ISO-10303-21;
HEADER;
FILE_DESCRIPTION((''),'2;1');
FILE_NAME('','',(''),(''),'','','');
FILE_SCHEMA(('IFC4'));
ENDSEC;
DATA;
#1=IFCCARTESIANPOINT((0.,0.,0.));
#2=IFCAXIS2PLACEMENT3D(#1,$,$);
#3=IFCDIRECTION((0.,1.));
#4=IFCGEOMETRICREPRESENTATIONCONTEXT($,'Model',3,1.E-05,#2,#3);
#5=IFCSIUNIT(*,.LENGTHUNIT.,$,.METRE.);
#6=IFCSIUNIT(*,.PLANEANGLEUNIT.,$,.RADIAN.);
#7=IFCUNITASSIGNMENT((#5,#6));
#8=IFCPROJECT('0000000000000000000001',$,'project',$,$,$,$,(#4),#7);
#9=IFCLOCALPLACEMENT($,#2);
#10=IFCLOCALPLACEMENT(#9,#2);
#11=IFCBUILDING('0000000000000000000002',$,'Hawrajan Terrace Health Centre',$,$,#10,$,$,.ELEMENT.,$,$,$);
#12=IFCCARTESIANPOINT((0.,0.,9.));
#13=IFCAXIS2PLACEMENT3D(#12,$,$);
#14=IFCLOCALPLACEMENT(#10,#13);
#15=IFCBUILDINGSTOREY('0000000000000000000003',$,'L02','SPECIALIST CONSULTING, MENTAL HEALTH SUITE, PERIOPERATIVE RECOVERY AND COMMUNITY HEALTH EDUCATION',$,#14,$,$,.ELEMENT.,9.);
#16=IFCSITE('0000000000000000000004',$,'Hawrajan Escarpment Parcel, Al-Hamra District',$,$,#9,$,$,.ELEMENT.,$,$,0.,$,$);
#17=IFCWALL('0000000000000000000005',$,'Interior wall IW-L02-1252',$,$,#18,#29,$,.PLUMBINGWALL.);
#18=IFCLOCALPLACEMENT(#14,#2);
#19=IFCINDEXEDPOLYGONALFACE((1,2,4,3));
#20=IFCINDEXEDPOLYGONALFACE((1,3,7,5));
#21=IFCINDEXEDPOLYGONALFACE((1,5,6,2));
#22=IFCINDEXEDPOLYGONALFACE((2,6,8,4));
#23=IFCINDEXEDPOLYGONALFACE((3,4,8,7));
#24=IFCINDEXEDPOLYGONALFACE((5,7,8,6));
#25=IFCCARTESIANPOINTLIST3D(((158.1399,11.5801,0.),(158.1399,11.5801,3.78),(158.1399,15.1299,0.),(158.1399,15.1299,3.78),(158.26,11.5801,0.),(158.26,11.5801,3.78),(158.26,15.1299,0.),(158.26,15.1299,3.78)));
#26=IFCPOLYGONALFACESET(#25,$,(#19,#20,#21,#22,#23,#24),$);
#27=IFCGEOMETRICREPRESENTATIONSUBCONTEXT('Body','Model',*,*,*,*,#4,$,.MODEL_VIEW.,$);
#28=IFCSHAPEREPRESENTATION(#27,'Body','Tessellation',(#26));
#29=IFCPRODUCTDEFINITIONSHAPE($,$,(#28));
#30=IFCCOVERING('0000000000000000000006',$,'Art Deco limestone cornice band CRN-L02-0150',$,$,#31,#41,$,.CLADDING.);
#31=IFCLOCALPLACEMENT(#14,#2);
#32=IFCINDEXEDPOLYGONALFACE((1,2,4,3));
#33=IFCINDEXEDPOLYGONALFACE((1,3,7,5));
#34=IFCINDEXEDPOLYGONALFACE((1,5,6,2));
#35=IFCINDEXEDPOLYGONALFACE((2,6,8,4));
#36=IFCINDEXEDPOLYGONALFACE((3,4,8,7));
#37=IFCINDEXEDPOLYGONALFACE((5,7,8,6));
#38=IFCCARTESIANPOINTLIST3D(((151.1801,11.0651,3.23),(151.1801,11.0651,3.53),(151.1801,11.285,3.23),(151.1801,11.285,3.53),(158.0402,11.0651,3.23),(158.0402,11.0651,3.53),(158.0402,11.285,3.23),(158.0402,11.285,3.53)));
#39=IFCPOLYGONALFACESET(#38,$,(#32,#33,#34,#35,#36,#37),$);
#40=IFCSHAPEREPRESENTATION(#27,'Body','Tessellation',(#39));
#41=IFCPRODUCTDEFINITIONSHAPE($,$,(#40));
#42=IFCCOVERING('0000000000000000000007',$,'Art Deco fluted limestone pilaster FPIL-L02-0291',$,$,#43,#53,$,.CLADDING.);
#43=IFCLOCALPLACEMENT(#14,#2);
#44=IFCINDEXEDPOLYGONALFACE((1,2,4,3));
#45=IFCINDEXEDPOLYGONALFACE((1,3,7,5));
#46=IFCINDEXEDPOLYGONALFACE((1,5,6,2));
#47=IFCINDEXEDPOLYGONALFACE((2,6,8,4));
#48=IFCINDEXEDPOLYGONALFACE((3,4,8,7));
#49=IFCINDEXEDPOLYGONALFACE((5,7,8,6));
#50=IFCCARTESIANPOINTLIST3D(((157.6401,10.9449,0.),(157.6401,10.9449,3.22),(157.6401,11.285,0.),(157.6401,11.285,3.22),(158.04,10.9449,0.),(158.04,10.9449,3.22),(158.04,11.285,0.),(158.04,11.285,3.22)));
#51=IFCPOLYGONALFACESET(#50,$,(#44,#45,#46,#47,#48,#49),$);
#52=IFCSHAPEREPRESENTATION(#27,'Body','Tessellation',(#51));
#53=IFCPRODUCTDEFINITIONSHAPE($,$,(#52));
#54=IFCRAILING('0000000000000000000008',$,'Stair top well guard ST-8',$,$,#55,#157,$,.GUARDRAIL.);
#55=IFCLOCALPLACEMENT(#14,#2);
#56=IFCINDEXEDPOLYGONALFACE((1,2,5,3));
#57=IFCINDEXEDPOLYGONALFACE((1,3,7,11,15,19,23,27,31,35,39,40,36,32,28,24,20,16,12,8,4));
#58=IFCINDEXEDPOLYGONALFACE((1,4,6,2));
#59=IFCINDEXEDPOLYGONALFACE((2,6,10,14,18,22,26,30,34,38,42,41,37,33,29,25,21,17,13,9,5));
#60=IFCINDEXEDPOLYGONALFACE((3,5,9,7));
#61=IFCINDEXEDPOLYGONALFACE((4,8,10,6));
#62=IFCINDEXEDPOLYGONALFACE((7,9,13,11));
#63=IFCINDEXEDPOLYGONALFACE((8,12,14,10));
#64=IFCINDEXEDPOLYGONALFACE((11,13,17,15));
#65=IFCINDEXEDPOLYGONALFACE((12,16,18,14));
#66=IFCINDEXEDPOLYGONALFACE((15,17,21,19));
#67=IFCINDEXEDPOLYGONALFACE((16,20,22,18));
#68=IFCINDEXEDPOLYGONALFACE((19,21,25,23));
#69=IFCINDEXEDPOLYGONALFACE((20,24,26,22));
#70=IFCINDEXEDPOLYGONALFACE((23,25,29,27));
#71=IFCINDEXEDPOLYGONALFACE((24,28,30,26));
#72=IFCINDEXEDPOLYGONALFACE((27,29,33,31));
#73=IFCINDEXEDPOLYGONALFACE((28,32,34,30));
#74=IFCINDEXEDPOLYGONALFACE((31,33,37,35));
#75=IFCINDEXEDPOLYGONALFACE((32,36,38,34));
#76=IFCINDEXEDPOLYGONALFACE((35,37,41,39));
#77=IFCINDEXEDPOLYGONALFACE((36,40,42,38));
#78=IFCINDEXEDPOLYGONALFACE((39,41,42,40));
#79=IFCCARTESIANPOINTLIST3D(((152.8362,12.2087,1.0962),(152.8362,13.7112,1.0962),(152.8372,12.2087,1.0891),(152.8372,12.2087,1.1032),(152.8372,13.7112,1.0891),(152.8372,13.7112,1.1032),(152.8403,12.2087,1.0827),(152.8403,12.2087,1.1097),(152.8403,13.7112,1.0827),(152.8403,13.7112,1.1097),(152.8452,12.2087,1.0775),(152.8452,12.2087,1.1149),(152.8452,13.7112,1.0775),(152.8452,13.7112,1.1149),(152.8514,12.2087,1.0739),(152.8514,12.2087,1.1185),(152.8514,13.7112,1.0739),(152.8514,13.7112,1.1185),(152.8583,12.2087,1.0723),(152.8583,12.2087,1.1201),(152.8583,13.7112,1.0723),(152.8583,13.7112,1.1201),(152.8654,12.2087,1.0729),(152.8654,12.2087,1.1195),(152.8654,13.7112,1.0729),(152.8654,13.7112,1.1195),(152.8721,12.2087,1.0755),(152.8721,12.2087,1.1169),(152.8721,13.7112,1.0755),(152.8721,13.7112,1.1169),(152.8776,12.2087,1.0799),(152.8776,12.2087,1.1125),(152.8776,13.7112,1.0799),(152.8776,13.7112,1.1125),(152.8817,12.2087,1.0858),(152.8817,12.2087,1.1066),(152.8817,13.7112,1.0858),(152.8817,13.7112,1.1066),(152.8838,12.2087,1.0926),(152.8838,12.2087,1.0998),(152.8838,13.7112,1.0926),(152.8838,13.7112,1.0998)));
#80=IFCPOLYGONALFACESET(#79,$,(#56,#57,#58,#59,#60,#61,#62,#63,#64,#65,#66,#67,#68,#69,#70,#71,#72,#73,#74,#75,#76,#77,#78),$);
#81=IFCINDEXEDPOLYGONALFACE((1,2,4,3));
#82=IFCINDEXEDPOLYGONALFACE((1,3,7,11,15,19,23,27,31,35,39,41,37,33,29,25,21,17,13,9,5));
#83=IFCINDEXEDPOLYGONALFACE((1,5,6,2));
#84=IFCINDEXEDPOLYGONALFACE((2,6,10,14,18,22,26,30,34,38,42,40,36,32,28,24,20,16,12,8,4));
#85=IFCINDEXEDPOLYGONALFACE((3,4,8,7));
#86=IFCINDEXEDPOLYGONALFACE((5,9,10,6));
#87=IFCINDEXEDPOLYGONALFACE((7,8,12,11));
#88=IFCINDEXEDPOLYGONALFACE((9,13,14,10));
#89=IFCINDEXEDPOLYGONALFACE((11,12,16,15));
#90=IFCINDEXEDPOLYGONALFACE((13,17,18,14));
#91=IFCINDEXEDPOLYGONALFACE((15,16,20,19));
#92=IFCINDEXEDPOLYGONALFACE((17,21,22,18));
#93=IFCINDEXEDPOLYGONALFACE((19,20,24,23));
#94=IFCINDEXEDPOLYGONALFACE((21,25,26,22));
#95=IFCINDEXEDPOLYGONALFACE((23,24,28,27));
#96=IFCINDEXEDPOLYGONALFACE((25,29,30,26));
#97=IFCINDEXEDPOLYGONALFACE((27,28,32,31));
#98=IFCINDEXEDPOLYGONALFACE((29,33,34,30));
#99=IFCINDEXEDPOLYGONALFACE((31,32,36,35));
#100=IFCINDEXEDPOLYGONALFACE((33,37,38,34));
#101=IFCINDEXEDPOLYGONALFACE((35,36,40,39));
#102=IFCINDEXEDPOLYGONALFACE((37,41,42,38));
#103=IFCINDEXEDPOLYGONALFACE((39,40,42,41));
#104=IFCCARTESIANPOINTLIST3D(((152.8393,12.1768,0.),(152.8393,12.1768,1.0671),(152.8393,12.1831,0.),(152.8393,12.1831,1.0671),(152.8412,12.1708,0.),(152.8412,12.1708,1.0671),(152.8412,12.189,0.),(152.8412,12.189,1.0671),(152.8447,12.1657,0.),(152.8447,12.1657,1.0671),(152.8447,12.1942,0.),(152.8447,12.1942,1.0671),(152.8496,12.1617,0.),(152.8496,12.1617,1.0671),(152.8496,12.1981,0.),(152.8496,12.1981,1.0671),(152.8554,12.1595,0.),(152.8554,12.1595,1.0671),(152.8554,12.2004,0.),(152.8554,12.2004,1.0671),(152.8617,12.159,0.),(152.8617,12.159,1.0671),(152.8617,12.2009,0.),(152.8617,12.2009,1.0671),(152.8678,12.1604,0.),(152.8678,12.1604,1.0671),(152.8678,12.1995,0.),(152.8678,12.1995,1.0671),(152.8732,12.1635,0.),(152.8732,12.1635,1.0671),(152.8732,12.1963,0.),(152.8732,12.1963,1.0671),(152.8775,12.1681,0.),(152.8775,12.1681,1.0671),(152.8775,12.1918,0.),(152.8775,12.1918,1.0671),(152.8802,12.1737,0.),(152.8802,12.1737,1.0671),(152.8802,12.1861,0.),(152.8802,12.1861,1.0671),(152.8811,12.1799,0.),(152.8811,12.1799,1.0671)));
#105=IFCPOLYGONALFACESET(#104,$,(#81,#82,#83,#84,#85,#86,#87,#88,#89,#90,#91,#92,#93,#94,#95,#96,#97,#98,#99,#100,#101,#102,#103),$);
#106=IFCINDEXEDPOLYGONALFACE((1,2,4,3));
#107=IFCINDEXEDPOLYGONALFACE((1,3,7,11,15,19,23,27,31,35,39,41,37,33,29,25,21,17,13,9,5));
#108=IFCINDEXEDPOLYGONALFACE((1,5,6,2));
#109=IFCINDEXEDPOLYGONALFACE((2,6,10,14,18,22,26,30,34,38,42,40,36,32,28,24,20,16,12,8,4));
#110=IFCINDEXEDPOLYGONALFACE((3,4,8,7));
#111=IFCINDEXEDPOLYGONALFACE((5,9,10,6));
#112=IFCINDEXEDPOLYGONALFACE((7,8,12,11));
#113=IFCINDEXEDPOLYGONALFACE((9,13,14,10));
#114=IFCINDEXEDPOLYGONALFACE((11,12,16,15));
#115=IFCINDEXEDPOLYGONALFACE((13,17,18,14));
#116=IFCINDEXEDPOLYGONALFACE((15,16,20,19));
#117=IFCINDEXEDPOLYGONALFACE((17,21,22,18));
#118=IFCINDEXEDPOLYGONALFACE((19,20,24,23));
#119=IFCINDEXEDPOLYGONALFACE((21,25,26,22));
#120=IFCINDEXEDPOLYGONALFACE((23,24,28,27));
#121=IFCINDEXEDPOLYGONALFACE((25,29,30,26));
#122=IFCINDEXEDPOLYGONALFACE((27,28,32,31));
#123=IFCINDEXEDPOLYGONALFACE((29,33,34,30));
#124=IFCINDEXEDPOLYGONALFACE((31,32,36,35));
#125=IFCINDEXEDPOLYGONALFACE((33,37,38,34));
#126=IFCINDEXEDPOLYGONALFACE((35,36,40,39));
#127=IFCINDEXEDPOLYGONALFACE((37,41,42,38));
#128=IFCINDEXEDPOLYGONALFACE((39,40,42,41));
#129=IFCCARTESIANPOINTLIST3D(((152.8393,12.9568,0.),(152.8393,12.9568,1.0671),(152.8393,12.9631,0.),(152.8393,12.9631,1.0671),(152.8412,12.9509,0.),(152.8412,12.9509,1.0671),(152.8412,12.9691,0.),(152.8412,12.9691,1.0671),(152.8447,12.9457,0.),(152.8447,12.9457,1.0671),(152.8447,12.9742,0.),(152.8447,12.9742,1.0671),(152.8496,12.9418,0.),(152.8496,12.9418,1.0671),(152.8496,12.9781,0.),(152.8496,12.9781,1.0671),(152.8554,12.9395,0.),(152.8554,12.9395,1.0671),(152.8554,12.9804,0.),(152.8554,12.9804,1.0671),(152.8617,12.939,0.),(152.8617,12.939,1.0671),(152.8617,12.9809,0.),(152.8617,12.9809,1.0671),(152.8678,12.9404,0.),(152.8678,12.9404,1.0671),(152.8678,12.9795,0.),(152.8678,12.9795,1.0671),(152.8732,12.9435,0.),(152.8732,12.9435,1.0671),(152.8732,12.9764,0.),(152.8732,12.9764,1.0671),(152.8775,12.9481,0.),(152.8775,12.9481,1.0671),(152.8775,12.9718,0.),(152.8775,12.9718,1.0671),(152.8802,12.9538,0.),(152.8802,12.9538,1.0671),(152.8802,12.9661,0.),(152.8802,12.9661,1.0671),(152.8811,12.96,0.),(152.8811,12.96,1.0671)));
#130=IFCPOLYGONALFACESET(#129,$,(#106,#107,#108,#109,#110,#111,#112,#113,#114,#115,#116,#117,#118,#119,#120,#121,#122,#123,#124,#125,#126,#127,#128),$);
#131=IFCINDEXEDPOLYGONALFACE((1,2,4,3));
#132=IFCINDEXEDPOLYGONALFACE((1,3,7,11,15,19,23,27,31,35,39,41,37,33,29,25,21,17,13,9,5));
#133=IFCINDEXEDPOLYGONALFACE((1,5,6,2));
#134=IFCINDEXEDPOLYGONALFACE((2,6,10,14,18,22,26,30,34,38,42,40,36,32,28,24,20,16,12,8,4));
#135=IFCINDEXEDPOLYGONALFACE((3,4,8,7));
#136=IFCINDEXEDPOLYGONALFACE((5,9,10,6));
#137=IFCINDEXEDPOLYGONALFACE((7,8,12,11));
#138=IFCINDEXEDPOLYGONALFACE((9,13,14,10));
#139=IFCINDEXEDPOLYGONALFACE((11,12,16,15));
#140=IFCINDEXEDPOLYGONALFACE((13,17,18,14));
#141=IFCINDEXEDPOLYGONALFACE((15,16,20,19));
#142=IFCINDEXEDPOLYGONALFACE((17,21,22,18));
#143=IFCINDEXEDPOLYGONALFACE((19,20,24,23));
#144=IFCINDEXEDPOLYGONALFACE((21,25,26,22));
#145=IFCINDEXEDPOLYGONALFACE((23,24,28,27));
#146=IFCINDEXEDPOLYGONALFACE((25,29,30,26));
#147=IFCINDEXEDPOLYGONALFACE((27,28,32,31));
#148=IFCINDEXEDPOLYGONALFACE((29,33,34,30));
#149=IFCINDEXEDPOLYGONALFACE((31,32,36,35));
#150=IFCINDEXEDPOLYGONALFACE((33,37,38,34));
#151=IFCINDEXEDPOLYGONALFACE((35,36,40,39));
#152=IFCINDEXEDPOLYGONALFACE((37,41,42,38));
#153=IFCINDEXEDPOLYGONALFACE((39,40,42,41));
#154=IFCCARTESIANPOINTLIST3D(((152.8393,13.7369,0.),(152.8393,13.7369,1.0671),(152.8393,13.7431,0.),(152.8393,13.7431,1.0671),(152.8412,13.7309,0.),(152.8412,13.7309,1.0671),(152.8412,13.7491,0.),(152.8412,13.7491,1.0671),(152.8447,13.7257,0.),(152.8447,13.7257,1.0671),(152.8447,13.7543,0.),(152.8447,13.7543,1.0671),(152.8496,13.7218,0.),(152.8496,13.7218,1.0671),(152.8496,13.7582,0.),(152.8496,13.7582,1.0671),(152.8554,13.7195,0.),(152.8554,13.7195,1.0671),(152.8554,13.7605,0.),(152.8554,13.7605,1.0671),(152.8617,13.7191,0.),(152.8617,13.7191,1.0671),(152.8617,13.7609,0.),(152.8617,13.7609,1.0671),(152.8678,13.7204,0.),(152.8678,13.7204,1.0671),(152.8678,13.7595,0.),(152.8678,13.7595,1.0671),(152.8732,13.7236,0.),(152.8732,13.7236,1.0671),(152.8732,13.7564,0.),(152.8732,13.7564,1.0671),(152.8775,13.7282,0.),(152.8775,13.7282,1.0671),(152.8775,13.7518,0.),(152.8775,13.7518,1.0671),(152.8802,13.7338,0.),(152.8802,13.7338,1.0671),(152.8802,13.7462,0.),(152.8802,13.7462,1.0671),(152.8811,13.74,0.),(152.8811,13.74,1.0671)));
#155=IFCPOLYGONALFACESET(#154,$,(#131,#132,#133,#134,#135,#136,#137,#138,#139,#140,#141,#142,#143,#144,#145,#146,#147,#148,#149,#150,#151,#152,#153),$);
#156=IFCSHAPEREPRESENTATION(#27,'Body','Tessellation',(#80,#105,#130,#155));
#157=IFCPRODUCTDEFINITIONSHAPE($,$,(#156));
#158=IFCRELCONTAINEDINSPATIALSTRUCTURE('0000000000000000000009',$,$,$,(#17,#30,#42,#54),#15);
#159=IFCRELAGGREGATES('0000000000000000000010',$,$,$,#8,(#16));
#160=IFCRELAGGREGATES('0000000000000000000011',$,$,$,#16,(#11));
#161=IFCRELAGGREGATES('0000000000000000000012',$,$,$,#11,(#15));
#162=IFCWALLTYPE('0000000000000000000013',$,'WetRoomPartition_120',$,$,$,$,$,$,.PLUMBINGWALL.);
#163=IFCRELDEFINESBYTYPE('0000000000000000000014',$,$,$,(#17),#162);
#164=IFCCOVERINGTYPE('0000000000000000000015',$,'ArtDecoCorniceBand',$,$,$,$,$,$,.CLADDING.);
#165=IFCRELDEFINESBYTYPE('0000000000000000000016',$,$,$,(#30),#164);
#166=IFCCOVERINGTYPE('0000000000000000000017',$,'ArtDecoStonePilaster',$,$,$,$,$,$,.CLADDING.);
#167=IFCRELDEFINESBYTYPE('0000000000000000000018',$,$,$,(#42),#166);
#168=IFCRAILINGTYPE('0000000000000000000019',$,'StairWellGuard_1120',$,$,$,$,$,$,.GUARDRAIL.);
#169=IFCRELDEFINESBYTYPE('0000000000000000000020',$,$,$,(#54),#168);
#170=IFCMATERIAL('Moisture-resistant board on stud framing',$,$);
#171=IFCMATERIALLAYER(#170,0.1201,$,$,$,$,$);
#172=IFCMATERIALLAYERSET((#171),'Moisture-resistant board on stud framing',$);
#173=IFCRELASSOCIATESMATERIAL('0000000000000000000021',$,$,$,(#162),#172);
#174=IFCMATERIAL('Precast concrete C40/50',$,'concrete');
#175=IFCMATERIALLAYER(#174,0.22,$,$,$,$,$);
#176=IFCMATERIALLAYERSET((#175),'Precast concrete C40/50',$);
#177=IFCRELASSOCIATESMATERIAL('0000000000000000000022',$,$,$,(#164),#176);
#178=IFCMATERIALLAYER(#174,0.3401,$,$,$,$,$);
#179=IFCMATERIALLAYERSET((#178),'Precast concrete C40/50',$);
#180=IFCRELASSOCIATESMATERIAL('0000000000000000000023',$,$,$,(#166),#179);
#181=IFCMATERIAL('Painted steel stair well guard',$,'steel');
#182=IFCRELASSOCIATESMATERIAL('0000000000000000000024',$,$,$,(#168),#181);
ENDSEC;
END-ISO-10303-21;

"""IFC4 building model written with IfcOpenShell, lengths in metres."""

from ifc_helpers import new_model, si_unit, direction, frame, frame_2d, origin, origin_2d, place, context, subcontext, project, spatial, rectangle, circle, extrude, material, layer, layer_set, type_object, element, save


model = new_model("IFC4")

# Units and contexts
model_context = context("Model", 3, precision=1e-05, world=origin(), true_north=direction((0.0, 1.0)))
body_context = subcontext(model_context, "Body", "Model", "MODEL_VIEW")
ifc_project = project(units=[si_unit("LENGTHUNIT", "METRE"), si_unit("PLANEANGLEUNIT", "RADIAN")], contexts=[model_context])

# Site, building, storey
site_placement = place(None, origin())
site = spatial("IfcSite", under=ifc_project, at=site_placement, Name="Hawrajan Escarpment Parcel, Al-Hamra District", CompositionType="ELEMENT", RefElevation=0.0)
building_placement = place(site_placement, origin())
building = spatial("IfcBuilding", under=site, at=building_placement, Name="Hawrajan Terrace Health Centre", CompositionType="ELEMENT")
storey_placement = place(building_placement, frame((0.0, 0.0, 9.0)))
storey = spatial("IfcBuildingStorey", under=building, at=storey_placement, Name="L02", Description="SPECIALIST CONSULTING, MENTAL HEALTH SUITE, PERIOPERATIVE RECOVERY AND COMMUNITY HEALTH EDUCATION", CompositionType="ELEMENT", Elevation=9.0)

# Shared definitions
ifc_material_1 = material(Name="Moisture-resistant board on stud framing")
ifc_layer_1 = layer(ifc_material_1, 0.1201)
ifc_layer_set_1 = layer_set([ifc_layer_1], Name="Moisture-resistant board on stud framing")
wall_type_1 = type_object("IfcWallType", Name="WetRoomPartition_120", PredefinedType="PLUMBINGWALL", material=ifc_layer_set_1)

# Wall
wall_1_placement = place(storey_placement, frame((158.2, 11.5801, 0.0), z_axis=(0.0, 0.0, 1.0), x_axis=(0.0, 1.0, 0.0)))
element("IfcWall", 1, at=wall_1_placement, inside=storey, type_object=wall_type_1, Name="Interior wall IW-L02-1252", PredefinedType="PLUMBINGWALL", context=body_context, shape_type="SweptSolid", body=[
    extrude(rectangle(XDim=3.5498, YDim=0.1201, at=frame_2d((1.7749, 0.0))), origin(), (0.0, 0.0, 1.0), 3.78),
])

# Coverings
ifc_material_2 = material(Name="Precast concrete C40/50", Category="concrete")
ifc_layer_2 = layer(ifc_material_2, 0.22)
ifc_layer_set_2 = layer_set([ifc_layer_2], Name="Precast concrete C40/50")
covering_type_1 = type_object("IfcCoveringType", Name="ArtDecoCorniceBand", PredefinedType="CLADDING", material=ifc_layer_set_2)
covering_1_placement = place(storey_placement, frame((154.6101, 11.175, 3.23), z_axis=(0.0, 0.0, 1.0), x_axis=(1.0, 0.0, 0.0)))
element("IfcCovering", 2, at=covering_1_placement, inside=storey, type_object=covering_type_1, Name="Art Deco limestone cornice band CRN-L02-0150", PredefinedType="CLADDING", context=body_context, shape_type="SweptSolid", body=[
    extrude(rectangle(XDim=6.8601, YDim=0.22, at=origin_2d()), origin(), (0.0, 0.0, 1.0), 0.3),
])
ifc_layer_3 = layer(ifc_material_2, 0.3401)
ifc_layer_set_3 = layer_set([ifc_layer_3], Name="Precast concrete C40/50")
covering_type_2 = type_object("IfcCoveringType", Name="ArtDecoStonePilaster", PredefinedType="CLADDING", material=ifc_layer_set_3)
covering_2_placement = place(storey_placement, frame((157.8401, 11.115, 0.0), z_axis=(0.0, 0.0, 1.0), x_axis=(1.0, 0.0, 0.0)))
element("IfcCovering", 3, at=covering_2_placement, inside=storey, type_object=covering_type_2, Name="Art Deco fluted limestone pilaster FPIL-L02-0291", PredefinedType="CLADDING", context=body_context, shape_type="SweptSolid", body=[
    extrude(rectangle(XDim=0.3999, YDim=0.3401, at=origin_2d()), origin(), (0.0, 0.0, 1.0), 3.22),
])

# Railing
ifc_material_3 = material(Name="Painted steel stair well guard", Category="steel")
railing_type = type_object("IfcRailingType", Name="StairWellGuard_1120", PredefinedType="GUARDRAIL", material=ifc_material_3)
railing_placement = place(storey_placement, frame((152.8601, 12.1799, 0.0)))
element("IfcRailing", 4, at=railing_placement, inside=storey, type_object=railing_type, Name="Stair top well guard ST-8", PredefinedType="GUARDRAIL", context=body_context, shape_type="SweptSolid", body=[
    extrude(circle(Radius=0.0239, at=origin_2d()), frame((0.0, 0.0288, 1.0962), z_axis=(0.0, 1.0, 0.0), x_axis=(-1.0, 0.0, 0.0)), (0.0, 0.0, 1.0), 1.5024),
    extrude(circle(Radius=0.021, at=origin_2d()), origin(), (0.0, 0.0, 1.0), 1.0671),
    extrude(circle(Radius=0.021, at=origin_2d()), frame((0.0, 0.78, 0.0)), (0.0, 0.0, 1.0), 1.0671),
    extrude(circle(Radius=0.021, at=origin_2d()), frame((0.0, 1.5601, 0.0)), (0.0, 0.0, 1.0), 1.0671),
])

save(model, "model.ifc")
